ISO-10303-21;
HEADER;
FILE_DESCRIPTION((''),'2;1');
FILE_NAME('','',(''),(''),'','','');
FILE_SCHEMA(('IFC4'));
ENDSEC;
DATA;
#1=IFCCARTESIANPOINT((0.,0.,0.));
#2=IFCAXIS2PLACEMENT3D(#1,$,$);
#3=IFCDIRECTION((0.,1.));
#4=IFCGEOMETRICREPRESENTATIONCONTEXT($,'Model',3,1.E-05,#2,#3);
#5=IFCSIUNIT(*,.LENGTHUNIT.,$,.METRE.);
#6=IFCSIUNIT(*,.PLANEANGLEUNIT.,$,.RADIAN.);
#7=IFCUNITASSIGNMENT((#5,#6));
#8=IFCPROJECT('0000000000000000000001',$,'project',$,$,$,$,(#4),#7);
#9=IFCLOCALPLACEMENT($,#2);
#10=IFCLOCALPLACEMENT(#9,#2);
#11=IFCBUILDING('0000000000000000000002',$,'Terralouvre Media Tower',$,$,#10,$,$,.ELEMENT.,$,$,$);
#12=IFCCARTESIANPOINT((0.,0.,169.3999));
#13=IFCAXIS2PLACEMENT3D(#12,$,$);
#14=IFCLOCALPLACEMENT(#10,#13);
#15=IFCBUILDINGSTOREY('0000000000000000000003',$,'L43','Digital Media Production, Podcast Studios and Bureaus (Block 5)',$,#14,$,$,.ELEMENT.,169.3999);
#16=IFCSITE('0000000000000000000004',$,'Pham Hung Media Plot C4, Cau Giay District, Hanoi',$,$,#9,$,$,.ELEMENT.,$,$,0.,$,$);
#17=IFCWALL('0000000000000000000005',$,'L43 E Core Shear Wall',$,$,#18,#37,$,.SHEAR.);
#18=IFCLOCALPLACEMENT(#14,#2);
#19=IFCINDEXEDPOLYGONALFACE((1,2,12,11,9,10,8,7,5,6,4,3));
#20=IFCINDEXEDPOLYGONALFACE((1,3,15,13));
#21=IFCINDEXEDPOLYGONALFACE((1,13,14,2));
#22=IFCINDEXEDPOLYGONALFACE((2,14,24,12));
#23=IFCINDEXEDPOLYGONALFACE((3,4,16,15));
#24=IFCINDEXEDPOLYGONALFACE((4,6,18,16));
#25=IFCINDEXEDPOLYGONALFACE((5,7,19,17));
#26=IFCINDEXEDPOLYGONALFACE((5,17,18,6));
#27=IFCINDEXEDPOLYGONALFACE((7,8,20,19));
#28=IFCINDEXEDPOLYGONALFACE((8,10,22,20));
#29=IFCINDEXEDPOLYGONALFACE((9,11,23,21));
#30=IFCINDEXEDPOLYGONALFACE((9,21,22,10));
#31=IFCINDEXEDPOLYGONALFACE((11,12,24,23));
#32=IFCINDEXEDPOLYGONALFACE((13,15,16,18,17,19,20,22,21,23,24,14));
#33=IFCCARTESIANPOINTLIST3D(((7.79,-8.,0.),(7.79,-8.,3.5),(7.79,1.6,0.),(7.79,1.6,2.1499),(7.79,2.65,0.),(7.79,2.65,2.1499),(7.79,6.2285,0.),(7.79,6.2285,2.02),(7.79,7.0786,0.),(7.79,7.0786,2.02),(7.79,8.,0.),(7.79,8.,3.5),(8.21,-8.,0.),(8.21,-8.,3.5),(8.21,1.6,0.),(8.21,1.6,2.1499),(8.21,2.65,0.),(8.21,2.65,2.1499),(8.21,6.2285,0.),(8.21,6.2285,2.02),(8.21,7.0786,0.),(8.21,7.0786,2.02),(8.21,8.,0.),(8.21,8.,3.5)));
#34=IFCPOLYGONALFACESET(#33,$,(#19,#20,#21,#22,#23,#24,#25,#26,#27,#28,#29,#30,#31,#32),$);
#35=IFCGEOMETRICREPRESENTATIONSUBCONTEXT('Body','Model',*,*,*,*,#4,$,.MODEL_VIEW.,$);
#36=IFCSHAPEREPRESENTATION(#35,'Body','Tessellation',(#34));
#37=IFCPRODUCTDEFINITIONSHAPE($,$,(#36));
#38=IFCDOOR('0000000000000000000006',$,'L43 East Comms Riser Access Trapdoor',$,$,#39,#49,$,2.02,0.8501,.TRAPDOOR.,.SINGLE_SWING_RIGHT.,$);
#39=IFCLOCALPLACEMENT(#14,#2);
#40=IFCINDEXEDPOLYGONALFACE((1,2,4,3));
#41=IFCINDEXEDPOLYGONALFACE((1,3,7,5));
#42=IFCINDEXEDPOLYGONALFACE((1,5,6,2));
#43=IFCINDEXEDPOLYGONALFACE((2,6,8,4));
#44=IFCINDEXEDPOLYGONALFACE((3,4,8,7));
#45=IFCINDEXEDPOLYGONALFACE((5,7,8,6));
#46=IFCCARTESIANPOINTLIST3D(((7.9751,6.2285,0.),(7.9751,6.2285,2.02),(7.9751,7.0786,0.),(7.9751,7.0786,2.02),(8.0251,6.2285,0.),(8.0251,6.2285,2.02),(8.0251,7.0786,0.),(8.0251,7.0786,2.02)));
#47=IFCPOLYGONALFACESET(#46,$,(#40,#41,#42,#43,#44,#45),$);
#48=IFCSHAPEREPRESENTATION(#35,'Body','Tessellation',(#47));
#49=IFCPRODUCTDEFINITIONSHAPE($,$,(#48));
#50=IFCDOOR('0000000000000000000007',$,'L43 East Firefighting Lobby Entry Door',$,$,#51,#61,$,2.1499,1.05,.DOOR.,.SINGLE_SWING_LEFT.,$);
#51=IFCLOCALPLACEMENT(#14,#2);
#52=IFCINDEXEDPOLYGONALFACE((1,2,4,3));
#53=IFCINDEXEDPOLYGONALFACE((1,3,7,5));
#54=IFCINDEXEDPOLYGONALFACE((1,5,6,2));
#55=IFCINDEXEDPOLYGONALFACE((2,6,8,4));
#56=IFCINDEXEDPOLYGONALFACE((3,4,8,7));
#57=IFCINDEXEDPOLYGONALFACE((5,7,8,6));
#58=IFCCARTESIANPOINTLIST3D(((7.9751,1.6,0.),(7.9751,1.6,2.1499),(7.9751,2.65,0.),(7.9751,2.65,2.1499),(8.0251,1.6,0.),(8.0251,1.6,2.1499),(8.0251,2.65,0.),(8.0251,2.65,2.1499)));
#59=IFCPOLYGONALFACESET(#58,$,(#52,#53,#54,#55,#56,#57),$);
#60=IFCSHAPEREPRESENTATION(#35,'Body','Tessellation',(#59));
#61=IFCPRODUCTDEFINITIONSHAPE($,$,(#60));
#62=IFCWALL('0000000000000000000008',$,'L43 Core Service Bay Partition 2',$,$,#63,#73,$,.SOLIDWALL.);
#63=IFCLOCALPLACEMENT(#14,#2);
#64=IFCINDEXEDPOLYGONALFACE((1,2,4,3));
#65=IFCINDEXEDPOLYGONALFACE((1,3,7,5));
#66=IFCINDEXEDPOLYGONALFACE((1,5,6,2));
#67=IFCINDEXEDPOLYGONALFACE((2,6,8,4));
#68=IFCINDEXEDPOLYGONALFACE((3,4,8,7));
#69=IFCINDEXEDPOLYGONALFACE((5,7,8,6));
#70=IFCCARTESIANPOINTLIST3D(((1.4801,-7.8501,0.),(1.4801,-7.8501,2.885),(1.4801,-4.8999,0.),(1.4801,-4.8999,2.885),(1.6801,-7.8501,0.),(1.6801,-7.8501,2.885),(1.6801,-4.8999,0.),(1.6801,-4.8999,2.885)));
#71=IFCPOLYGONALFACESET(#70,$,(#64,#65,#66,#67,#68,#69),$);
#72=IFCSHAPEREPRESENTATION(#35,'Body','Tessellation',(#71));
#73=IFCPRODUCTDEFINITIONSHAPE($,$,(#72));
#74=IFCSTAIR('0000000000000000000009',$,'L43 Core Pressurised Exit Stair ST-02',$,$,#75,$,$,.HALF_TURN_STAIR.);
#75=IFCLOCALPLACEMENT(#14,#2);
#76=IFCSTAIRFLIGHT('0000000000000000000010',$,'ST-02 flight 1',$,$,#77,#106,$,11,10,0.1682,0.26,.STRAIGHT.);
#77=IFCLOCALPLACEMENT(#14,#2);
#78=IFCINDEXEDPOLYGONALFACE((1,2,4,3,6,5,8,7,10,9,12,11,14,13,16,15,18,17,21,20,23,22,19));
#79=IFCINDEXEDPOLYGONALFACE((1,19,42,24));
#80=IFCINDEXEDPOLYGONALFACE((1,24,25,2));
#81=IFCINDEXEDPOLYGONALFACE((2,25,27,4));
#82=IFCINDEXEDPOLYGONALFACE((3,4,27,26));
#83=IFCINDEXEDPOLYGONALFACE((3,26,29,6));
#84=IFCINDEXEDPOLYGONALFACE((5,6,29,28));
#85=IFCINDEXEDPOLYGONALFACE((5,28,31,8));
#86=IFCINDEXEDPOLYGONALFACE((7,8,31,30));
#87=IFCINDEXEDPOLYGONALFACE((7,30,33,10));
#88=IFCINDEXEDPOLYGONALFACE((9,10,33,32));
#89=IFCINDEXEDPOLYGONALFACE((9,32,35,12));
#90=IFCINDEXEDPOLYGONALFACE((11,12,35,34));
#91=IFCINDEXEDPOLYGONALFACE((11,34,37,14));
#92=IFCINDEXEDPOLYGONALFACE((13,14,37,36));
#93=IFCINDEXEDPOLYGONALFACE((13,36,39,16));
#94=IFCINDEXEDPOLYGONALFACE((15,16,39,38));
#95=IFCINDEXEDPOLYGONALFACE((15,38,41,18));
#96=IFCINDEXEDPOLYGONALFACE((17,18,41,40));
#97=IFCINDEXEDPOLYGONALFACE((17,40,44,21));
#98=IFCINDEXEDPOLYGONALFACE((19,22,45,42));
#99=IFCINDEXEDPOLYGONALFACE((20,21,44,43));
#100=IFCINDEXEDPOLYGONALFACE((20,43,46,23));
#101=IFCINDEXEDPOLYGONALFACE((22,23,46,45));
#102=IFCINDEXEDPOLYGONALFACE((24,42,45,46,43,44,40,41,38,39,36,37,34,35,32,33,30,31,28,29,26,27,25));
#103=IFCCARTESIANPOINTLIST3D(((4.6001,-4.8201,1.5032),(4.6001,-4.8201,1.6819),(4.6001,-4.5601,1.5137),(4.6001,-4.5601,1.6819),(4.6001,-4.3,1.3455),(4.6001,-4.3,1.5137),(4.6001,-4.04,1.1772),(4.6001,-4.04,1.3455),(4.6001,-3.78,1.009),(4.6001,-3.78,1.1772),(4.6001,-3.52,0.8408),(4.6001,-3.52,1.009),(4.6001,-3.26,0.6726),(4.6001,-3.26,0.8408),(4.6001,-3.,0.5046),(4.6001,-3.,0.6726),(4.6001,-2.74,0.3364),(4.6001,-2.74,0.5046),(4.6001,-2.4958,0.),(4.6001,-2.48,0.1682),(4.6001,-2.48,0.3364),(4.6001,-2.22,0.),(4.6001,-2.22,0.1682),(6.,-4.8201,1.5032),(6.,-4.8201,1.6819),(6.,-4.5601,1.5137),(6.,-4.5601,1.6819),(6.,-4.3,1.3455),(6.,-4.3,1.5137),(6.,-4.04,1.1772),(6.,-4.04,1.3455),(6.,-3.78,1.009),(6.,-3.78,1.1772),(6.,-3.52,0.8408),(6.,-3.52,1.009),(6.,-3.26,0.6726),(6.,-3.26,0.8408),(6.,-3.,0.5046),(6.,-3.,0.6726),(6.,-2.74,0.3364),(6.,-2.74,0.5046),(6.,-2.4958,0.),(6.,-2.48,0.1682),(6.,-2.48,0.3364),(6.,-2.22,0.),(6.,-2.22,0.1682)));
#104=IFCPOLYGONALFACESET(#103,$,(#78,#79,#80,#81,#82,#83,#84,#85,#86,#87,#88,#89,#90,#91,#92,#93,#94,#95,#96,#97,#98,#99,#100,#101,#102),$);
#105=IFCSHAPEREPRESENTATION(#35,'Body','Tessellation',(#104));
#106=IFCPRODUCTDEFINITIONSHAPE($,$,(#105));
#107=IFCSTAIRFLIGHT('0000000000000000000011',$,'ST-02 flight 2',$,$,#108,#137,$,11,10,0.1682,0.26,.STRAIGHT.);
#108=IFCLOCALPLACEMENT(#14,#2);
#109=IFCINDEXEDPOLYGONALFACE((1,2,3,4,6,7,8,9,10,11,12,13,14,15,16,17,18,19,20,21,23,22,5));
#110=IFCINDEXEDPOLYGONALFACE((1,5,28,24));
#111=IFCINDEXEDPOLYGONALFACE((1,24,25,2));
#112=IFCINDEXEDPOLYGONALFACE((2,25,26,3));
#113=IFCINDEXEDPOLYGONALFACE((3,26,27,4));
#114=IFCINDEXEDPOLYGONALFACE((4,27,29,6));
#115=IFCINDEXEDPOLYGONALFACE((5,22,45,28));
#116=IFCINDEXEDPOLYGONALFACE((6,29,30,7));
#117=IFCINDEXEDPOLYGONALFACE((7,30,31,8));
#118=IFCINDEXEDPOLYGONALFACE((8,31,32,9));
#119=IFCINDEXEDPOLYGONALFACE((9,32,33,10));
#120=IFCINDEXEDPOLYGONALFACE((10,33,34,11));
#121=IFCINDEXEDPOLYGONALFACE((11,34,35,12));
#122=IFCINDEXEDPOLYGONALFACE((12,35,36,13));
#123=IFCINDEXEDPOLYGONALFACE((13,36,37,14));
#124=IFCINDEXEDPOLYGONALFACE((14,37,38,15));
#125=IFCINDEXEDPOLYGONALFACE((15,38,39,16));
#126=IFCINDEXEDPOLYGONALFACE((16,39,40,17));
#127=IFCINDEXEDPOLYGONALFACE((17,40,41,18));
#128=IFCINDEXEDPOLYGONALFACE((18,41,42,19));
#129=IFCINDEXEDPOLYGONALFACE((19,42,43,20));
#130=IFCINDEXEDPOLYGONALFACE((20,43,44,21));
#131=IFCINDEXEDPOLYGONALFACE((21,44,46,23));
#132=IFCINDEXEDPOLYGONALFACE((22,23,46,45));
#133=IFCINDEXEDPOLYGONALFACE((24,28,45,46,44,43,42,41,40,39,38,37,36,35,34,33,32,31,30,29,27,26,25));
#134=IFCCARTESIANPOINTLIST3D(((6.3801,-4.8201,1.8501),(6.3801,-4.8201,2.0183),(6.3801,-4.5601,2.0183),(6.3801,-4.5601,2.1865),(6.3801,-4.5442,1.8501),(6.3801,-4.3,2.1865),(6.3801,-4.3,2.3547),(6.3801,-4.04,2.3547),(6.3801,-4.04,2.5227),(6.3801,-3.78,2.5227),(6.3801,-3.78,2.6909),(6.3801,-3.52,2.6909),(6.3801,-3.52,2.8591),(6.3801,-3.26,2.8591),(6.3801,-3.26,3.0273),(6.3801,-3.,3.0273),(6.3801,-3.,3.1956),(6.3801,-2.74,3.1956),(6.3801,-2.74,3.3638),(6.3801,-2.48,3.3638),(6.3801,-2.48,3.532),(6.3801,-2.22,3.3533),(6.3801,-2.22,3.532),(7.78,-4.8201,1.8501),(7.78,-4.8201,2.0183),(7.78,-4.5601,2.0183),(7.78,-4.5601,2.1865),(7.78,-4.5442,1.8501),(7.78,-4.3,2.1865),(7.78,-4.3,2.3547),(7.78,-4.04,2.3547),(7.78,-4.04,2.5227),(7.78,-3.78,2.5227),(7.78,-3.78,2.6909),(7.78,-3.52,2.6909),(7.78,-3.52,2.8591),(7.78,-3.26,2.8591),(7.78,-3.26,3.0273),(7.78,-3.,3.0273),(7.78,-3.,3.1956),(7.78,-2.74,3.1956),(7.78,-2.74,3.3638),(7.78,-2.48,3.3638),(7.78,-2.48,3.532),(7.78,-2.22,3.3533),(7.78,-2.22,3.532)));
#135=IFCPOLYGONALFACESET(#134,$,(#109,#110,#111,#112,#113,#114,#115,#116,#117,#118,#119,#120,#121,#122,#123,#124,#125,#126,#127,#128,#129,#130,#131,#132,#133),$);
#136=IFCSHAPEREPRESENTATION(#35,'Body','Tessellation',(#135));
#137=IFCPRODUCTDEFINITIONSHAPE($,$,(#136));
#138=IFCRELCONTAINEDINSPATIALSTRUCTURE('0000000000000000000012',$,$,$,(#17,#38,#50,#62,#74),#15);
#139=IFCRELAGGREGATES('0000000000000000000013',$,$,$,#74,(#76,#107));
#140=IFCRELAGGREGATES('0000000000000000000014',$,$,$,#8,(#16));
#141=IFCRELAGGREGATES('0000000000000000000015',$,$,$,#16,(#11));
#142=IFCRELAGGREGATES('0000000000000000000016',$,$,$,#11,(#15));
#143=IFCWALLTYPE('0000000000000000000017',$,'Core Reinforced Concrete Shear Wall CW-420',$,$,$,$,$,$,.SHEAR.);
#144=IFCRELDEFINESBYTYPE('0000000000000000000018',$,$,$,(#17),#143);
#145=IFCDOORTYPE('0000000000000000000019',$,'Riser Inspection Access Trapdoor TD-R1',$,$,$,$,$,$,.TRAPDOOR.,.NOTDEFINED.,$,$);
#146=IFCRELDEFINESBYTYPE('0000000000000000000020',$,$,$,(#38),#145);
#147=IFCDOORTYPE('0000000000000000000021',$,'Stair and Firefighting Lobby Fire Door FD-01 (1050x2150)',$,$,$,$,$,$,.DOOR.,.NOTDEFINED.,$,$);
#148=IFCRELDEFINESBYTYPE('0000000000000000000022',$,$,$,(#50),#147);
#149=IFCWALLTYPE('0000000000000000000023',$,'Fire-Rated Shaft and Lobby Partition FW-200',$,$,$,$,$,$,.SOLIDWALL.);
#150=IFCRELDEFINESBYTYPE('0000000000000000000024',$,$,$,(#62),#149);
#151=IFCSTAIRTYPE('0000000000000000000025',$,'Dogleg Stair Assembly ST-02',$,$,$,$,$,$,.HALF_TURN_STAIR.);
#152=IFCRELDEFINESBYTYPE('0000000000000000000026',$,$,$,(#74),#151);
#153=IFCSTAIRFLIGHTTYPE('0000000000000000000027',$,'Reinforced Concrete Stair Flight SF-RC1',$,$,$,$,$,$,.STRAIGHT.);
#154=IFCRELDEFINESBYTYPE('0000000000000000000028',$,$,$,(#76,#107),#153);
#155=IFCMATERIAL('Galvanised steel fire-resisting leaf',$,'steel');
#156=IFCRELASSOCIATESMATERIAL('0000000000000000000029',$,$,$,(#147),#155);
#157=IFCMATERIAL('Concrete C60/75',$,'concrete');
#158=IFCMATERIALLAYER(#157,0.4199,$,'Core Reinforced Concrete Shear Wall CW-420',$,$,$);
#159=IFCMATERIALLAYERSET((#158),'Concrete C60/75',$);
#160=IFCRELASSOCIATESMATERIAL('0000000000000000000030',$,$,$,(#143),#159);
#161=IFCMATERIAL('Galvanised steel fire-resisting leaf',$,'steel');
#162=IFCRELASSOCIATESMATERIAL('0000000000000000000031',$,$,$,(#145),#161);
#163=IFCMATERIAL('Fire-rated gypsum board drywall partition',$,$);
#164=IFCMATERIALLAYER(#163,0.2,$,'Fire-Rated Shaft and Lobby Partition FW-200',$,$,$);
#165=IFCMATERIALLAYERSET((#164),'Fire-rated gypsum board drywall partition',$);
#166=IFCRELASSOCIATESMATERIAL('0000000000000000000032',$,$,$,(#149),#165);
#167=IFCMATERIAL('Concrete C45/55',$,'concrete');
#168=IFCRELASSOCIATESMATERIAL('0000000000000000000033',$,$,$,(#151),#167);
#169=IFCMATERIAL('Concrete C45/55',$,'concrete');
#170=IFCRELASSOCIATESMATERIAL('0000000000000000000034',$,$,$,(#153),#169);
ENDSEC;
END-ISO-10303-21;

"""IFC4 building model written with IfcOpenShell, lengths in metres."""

from ifc_helpers import new_model, si_unit, direction, frame, frame_2d, origin, place, context, subcontext, project, spatial, polyline, rectangle, outline, extrude, material, layer, layer_set, type_object, element, fill, aggregate, save


model = new_model("IFC4")

# Units and contexts
model_context = context("Model", 3, precision=1e-05, world=origin(), true_north=direction((0.0, 1.0)))
body_context = subcontext(model_context, "Body", "Model", "MODEL_VIEW")
ifc_project = project(units=[si_unit("LENGTHUNIT", "METRE"), si_unit("PLANEANGLEUNIT", "RADIAN")], contexts=[model_context])

# Site, building, storey
site_placement = place(None, origin())
site = spatial("IfcSite", under=ifc_project, at=site_placement, Name="Pham Hung Media Plot C4, Cau Giay District, Hanoi", CompositionType="ELEMENT", RefElevation=0.0)
building_placement = place(site_placement, origin())
building = spatial("IfcBuilding", under=site, at=building_placement, Name="Terralouvre Media Tower", CompositionType="ELEMENT")
storey_placement = place(building_placement, frame((0.0, 0.0, 169.3999)))
storey = spatial("IfcBuildingStorey", under=building, at=storey_placement, Name="L43", Description="Digital Media Production, Podcast Studios and Bureaus (Block 5)", CompositionType="ELEMENT", Elevation=169.3999)

# Shared definitions
ifc_material_1 = material(Name="Galvanised steel fire-resisting leaf", Category="steel")
door_type_1 = type_object("IfcDoorType", Name="Stair and Firefighting Lobby Fire Door FD-01 (1050x2150)", OperationType="NOTDEFINED", PredefinedType="DOOR", material=ifc_material_1)

# Wall, openings, doors
ifc_material_2 = material(Name="Concrete C60/75", Category="concrete")
ifc_layer_1 = layer(ifc_material_2, 0.4199, Name="Core Reinforced Concrete Shear Wall CW-420")
ifc_layer_set_1 = layer_set([ifc_layer_1], Name="Concrete C60/75")
wall_type_1 = type_object("IfcWallType", Name="Core Reinforced Concrete Shear Wall CW-420", PredefinedType="SHEAR", material=ifc_layer_set_1)
wall_1_placement = place(storey_placement, frame((8.0, -8.0, 0.0), z_axis=(0.0, 0.0, 1.0), x_axis=(0.0, 1.0, 0.0)))
wall_1 = element("IfcWall", 1, at=wall_1_placement, inside=storey, type_object=wall_type_1, Name="L43 E Core Shear Wall", PredefinedType="SHEAR", context=body_context, shape_type="SweptSolid", body=[
    extrude(rectangle(XDim=16.0, YDim=0.4199, at=frame_2d((8.0, 0.0))), origin(), (0.0, 0.0, 1.0), 3.5),
])
opening_1_placement = place(wall_1_placement, frame((9.6001, 0.0, 0.0)))
opening_1 = element("IfcOpeningElement", 2, at=opening_1_placement, cuts=wall_1, PredefinedType="OPENING", context=body_context, shape_type="SweptSolid", body=[
    extrude(rectangle(XDim=1.05, YDim=2.1499, at=frame_2d((0.5249, 1.075))), frame((0.0, 0.22, 0.0), z_axis=(0.0, -1.0, 0.0), x_axis=(1.0, 0.0, 0.0)), (0.0, 0.0, 1.0), 0.4399),
])
opening_2_placement = place(wall_1_placement, frame((14.2285, 0.0, 0.0)))
opening_2 = element("IfcOpeningElement", 3, at=opening_2_placement, cuts=wall_1, PredefinedType="OPENING", context=body_context, shape_type="SweptSolid", body=[
    extrude(rectangle(XDim=0.8501, YDim=2.02, at=frame_2d((0.425, 1.01))), frame((0.0, 0.22, 0.0), z_axis=(0.0, -1.0, 0.0), x_axis=(1.0, 0.0, 0.0)), (0.0, 0.0, 1.0), 0.4399),
])
ifc_material_3 = material(Name="Galvanised steel fire-resisting leaf", Category="steel")
door_type_2 = type_object("IfcDoorType", Name="Riser Inspection Access Trapdoor TD-R1", OperationType="NOTDEFINED", PredefinedType="TRAPDOOR", material=ifc_material_3)
door_1_placement = place(opening_2_placement, origin())
door_1 = element("IfcDoor", 4, at=door_1_placement, inside=storey, type_object=door_type_2, Name="L43 East Comms Riser Access Trapdoor", OperationType="SINGLE_SWING_RIGHT", OverallHeight=2.02, OverallWidth=0.8501, PredefinedType="TRAPDOOR", context=body_context, shape_type="SweptSolid", body=[
    extrude(rectangle(XDim=0.8501, YDim=2.02, at=frame_2d((0.425, 1.01))), frame((0.0, 0.0249, 0.0), z_axis=(0.0, -1.0, 0.0), x_axis=(1.0, 0.0, 0.0)), (0.0, 0.0, 1.0), 0.05),
])
fill(opening_2, door_1)
door_2_placement = place(opening_1_placement, origin())
door_2 = element("IfcDoor", 5, at=door_2_placement, inside=storey, type_object=door_type_1, Name="L43 East Firefighting Lobby Entry Door", OperationType="SINGLE_SWING_LEFT", OverallHeight=2.1499, OverallWidth=1.05, PredefinedType="DOOR", context=body_context, shape_type="SweptSolid", body=[
    extrude(rectangle(XDim=1.05, YDim=2.1499, at=frame_2d((0.5249, 1.075))), frame((0.0, 0.0249, 0.0), z_axis=(0.0, -1.0, 0.0), x_axis=(1.0, 0.0, 0.0)), (0.0, 0.0, 1.0), 0.05),
])
fill(opening_1, door_2)

# Wall
ifc_material_4 = material(Name="Fire-rated gypsum board drywall partition")
ifc_layer_2 = layer(ifc_material_4, 0.2, Name="Fire-Rated Shaft and Lobby Partition FW-200")
ifc_layer_set_2 = layer_set([ifc_layer_2], Name="Fire-rated gypsum board drywall partition")
wall_type_2 = type_object("IfcWallType", Name="Fire-Rated Shaft and Lobby Partition FW-200", PredefinedType="SOLIDWALL", material=ifc_layer_set_2)
wall_2_placement = place(storey_placement, frame((1.5801, -7.8501, 0.0), z_axis=(0.0, 0.0, 1.0), x_axis=(0.0, 1.0, 0.0)))
element("IfcWall", 6, at=wall_2_placement, inside=storey, type_object=wall_type_2, Name="L43 Core Service Bay Partition 2", PredefinedType="SOLIDWALL", context=body_context, shape_type="SweptSolid", body=[
    extrude(rectangle(XDim=2.9502, YDim=0.2, at=frame_2d((1.4751, 0.0))), origin(), (0.0, 0.0, 1.0), 2.885),
])

# Stair, stair flights
ifc_material_5 = material(Name="Concrete C45/55", Category="concrete")
stair_type = type_object("IfcStairType", Name="Dogleg Stair Assembly ST-02", PredefinedType="HALF_TURN_STAIR", material=ifc_material_5)
stair_placement = place(storey_placement, origin())
stair = element("IfcStair", 7, at=stair_placement, inside=storey, type_object=stair_type, Name="L43 Core Pressurised Exit Stair ST-02", PredefinedType="HALF_TURN_STAIR")
ifc_material_6 = material(Name="Concrete C45/55", Category="concrete")
stair_flight_type = type_object("IfcStairFlightType", Name="Reinforced Concrete Stair Flight SF-RC1", PredefinedType="STRAIGHT", material=ifc_material_6)
stair_flight_1_placement = place(storey_placement, frame((5.3, -2.22, 0.0), z_axis=(0.0, 0.0, 1.0), x_axis=(0.0, -1.0, 0.0)))
stair_flight_1 = element("IfcStairFlight", 8, at=stair_flight_1_placement, type_object=stair_flight_type, Name="ST-02 flight 1", NumberOfRisers=11, NumberOfTreads=10, PredefinedType="STRAIGHT", RiserHeight=0.1682, TreadLength=0.26, context=body_context, shape_type="SweptSolid", body=[
    extrude(outline(polyline([(0.0, 0.0), (0.0, 0.1682), (0.26, 0.1682), (0.26, 0.3364), (0.52, 0.3364), (0.52, 0.5046), (0.78, 0.5046), (0.78, 0.6726), (1.04, 0.6726), (1.04, 0.8408), (1.3, 0.8408), (1.3, 1.009), (1.5601, 1.009), (1.5601, 1.1772), (1.8201, 1.1772), (1.8201, 1.3455), (2.0801, 1.3455), (2.0801, 1.5137), (2.3401, 1.5137), (2.3401, 1.6819), (2.6001, 1.6819), (2.6001, 1.8501), (2.6001, 1.5032), (0.2759, 0.0), (0.0, 0.0)])), frame((0.0, 0.7, 0.0), z_axis=(0.0, -1.0, 0.0), x_axis=(1.0, 0.0, 0.0)), (0.0, 0.0, 1.0), 1.3999),
])
stair_flight_2_placement = place(storey_placement, frame((7.0801, -4.8201, 1.8501), z_axis=(0.0, 0.0, 1.0), x_axis=(0.0, 1.0, 0.0)))
stair_flight_2 = element("IfcStairFlight", 9, at=stair_flight_2_placement, type_object=stair_flight_type, Name="ST-02 flight 2", NumberOfRisers=11, NumberOfTreads=10, PredefinedType="STRAIGHT", RiserHeight=0.1682, TreadLength=0.26, context=body_context, shape_type="SweptSolid", body=[
    extrude(outline(polyline([(0.0, 0.0), (0.0, 0.1682), (0.26, 0.1682), (0.26, 0.3364), (0.52, 0.3364), (0.52, 0.5046), (0.78, 0.5046), (0.78, 0.6726), (1.04, 0.6726), (1.04, 0.8408), (1.3, 0.8408), (1.3, 1.009), (1.5601, 1.009), (1.5601, 1.1772), (1.8201, 1.1772), (1.8201, 1.3455), (2.0801, 1.3455), (2.0801, 1.5137), (2.3401, 1.5137), (2.3401, 1.6819), (2.6001, 1.6819), (2.6001, 1.8501), (2.6001, 1.5032), (0.2759, 0.0), (0.0, 0.0)])), frame((0.0, 0.7, 0.0), z_axis=(0.0, -1.0, 0.0), x_axis=(1.0, 0.0, 0.0)), (0.0, 0.0, 1.0), 1.3999),
])
aggregate(stair, [stair_flight_1, stair_flight_2])

save(model, "model.ifc")
